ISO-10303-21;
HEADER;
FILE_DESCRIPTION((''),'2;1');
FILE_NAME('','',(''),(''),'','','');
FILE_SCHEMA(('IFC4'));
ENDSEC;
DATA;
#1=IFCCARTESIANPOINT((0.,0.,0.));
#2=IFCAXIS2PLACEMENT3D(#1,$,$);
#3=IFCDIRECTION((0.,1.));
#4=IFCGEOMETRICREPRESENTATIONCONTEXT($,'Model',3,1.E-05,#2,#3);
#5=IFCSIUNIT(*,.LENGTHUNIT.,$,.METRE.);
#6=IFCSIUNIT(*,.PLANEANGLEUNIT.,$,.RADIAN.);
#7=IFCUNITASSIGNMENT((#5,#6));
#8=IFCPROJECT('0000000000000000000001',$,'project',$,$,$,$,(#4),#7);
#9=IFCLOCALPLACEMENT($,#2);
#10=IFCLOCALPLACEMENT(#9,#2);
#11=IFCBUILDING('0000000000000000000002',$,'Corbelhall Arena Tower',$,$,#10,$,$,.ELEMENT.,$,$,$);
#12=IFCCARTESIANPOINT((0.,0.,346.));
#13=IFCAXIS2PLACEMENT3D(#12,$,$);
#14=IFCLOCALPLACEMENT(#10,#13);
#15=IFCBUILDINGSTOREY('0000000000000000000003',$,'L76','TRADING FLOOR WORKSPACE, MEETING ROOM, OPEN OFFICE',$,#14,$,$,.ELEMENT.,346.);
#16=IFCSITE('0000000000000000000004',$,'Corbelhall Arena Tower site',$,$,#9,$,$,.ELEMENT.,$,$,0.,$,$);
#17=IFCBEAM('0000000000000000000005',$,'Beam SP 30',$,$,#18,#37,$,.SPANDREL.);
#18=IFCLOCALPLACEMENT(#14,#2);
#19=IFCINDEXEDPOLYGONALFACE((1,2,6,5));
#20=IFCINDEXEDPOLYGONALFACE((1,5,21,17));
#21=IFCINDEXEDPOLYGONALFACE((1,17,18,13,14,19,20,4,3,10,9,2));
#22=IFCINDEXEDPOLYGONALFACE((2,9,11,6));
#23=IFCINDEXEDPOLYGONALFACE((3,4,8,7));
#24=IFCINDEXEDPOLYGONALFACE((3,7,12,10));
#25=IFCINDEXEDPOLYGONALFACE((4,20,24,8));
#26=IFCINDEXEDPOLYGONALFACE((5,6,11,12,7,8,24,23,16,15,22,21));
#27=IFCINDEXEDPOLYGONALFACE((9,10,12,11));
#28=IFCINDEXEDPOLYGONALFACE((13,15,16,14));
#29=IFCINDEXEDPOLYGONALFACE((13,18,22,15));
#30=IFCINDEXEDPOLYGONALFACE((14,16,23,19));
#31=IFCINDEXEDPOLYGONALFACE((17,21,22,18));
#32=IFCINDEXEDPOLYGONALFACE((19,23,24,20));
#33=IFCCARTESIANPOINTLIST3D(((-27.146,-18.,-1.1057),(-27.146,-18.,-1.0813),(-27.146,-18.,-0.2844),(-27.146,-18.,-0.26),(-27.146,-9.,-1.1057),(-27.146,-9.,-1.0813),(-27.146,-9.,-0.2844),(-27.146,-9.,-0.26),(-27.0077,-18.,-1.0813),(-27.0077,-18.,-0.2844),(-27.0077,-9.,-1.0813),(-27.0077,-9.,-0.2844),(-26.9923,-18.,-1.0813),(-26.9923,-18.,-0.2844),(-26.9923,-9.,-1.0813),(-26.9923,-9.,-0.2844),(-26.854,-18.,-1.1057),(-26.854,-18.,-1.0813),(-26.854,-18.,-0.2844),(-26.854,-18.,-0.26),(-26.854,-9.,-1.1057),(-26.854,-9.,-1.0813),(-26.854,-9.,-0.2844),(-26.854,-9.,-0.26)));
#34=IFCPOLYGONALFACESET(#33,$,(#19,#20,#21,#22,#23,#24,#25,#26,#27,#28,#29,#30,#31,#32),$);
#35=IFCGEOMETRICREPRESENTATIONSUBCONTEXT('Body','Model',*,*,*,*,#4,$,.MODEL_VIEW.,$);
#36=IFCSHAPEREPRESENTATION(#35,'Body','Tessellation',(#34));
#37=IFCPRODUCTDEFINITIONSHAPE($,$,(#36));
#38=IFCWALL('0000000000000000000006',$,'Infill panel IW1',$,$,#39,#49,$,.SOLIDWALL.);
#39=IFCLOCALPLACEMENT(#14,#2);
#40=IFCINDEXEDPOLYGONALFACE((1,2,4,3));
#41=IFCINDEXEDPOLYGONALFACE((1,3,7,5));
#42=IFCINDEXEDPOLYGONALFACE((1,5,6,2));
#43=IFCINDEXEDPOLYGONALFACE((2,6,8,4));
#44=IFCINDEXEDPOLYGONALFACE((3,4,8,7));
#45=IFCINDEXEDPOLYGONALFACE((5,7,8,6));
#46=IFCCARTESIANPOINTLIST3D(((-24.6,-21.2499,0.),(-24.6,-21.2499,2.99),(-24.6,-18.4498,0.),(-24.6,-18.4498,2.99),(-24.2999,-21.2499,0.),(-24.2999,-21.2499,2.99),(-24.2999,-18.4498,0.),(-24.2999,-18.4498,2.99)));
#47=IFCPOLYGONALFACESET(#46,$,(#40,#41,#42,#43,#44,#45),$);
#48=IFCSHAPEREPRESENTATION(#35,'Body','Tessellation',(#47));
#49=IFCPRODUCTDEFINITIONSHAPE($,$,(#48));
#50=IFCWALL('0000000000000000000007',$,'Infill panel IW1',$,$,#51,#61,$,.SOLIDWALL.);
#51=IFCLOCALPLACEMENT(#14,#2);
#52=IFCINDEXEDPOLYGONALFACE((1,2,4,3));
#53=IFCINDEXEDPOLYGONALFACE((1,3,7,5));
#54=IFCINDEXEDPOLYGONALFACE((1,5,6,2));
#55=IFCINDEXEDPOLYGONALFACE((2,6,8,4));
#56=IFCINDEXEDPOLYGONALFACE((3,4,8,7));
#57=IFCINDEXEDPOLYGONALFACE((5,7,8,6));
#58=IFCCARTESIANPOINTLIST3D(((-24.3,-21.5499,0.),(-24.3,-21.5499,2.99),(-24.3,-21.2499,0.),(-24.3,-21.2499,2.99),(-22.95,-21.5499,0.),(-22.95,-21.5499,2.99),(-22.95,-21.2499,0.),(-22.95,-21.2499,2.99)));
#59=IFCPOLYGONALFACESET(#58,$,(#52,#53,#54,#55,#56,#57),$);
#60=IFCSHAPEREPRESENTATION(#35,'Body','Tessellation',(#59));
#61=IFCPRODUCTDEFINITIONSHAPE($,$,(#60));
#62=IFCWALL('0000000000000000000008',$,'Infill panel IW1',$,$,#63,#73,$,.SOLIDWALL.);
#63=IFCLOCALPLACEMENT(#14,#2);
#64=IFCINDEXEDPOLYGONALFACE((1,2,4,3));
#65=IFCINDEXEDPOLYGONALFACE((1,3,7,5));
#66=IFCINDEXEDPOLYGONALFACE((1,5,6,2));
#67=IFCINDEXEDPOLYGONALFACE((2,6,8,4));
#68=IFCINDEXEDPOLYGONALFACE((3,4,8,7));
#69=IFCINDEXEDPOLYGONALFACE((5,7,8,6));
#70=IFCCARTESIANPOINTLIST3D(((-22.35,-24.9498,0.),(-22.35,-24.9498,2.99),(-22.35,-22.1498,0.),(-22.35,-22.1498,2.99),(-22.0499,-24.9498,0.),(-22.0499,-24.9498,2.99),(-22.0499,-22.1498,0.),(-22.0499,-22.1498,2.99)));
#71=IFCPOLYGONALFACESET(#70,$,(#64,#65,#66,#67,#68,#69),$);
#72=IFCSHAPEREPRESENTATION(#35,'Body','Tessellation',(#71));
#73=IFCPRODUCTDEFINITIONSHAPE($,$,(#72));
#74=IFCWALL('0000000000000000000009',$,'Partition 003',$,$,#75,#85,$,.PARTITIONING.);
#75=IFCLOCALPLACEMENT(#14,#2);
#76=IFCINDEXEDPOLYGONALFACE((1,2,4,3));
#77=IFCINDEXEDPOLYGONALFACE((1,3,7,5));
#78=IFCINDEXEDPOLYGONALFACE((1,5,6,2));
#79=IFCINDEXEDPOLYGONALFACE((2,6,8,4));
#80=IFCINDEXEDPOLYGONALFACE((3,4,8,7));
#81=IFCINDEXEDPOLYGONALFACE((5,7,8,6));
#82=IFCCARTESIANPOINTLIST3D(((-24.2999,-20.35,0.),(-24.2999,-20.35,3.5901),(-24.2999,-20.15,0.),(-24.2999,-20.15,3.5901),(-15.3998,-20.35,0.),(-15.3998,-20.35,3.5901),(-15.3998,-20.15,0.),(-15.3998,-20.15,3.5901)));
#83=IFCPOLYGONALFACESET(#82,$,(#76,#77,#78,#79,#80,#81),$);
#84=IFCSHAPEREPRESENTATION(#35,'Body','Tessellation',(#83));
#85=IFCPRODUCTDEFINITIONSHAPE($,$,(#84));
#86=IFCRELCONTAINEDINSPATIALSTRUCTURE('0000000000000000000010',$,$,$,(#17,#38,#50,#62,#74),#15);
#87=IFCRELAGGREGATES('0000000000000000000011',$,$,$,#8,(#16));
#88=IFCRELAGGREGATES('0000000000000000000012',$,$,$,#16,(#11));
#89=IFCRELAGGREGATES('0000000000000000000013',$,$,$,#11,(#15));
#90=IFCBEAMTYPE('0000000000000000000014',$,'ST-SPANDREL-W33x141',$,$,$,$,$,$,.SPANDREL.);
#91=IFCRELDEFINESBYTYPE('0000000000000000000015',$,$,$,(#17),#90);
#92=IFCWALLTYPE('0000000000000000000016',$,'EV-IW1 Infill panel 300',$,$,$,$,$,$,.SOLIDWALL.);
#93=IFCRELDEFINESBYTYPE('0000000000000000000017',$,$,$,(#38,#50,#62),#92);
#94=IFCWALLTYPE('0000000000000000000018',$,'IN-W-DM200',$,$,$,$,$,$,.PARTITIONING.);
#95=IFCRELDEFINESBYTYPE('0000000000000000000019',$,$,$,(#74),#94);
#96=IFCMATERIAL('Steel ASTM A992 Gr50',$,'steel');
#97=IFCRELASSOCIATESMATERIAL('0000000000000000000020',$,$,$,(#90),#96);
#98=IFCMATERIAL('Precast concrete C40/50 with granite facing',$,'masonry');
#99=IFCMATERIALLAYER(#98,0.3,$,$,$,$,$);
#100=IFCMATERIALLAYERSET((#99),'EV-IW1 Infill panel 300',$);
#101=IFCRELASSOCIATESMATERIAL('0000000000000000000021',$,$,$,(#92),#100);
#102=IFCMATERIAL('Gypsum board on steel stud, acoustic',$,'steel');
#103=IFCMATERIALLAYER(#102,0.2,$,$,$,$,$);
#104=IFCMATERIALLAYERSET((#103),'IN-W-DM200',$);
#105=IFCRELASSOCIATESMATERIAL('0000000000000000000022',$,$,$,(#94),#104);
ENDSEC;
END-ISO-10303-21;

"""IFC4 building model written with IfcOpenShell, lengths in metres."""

from ifc_helpers import new_model, si_unit, direction, frame, frame_2d, origin, origin_2d, place, context, subcontext, project, spatial, rectangle, i_section, extrude, material, layer, layer_set, material_profile, profile_set, type_object, element, save


model = new_model("IFC4")

# Units and contexts
model_context = context("Model", 3, precision=1e-05, world=origin(), true_north=direction((0.0, 1.0)))
body_context = subcontext(model_context, "Body", "Model", "MODEL_VIEW")
ifc_project = project(units=[si_unit("LENGTHUNIT", "METRE"), si_unit("PLANEANGLEUNIT", "RADIAN")], contexts=[model_context])

# Site, building, storey
site_placement = place(None, origin())
site = spatial("IfcSite", under=ifc_project, at=site_placement, Name="Corbelhall Arena Tower site", CompositionType="ELEMENT", RefElevation=0.0)
building_placement = place(site_placement, origin())
building = spatial("IfcBuilding", under=site, at=building_placement, Name="Corbelhall Arena Tower", CompositionType="ELEMENT")
storey_placement = place(building_placement, frame((0.0, 0.0, 346.0)))
storey = spatial("IfcBuildingStorey", under=building, at=storey_placement, Name="L76", Description="TRADING FLOOR WORKSPACE, MEETING ROOM, OPEN OFFICE", CompositionType="ELEMENT", Elevation=346.0)

# Beam
ifc_material_1 = material(Name="Steel ASTM A992 Gr50", Category="steel")
ifc_material_profile_1 = material_profile(ifc_material_1, i_section(OverallWidth=0.292, OverallDepth=0.8457, WebThickness=0.0154, FlangeThickness=0.0244, at=origin_2d()))
ifc_profile_set_1 = profile_set([ifc_material_profile_1], Name="Steel ASTM A992 Gr50")
beam_type_1 = type_object("IfcBeamType", Name="ST-SPANDREL-W33x141", PredefinedType="SPANDREL", material=ifc_profile_set_1)
beam_1_placement = place(storey_placement, frame((-27.0, -18.0, -0.6829), z_axis=(0.0, 1.0, 0.0), x_axis=(-1.0, 0.0, 0.0)))
element("IfcBeam", 1, at=beam_1_placement, inside=storey, type_object=beam_type_1, Name="Beam SP 30", PredefinedType="SPANDREL", context=body_context, shape_type="SweptSolid", body=[
    extrude(i_section(OverallWidth=0.292, OverallDepth=0.8457, WebThickness=0.0154, FlangeThickness=0.0244, at=origin_2d()), origin(), (0.0, 0.0, 1.0), 9.0),
])

# Walls
ifc_material_2 = material(Name="Precast concrete C40/50 with granite facing", Category="masonry")
ifc_layer_1 = layer(ifc_material_2, 0.3)
ifc_layer_set_1 = layer_set([ifc_layer_1], Name="EV-IW1 Infill panel 300")
wall_type_1 = type_object("IfcWallType", Name="EV-IW1 Infill panel 300", PredefinedType="SOLIDWALL", material=ifc_layer_set_1)
wall_1_placement = place(storey_placement, frame((-24.45, -18.45, 0.0), z_axis=(0.0, 0.0, 1.0), x_axis=(0.0, -1.0, 0.0)))
element("IfcWall", 2, at=wall_1_placement, inside=storey, type_object=wall_type_1, Name="Infill panel IW1", PredefinedType="SOLIDWALL", context=body_context, shape_type="SweptSolid", body=[
    extrude(rectangle(XDim=2.8, YDim=0.3, at=frame_2d((1.3999, 0.0))), origin(), (0.0, 0.0, 1.0), 2.99),
])
wall_2_placement = place(storey_placement, frame((-24.3, -21.3999, 0.0), z_axis=(0.0, 0.0, 1.0), x_axis=(1.0, 0.0, 0.0)))
element("IfcWall", 3, at=wall_2_placement, inside=storey, type_object=wall_type_1, Name="Infill panel IW1", PredefinedType="SOLIDWALL", context=body_context, shape_type="SweptSolid", body=[
    extrude(rectangle(XDim=1.3501, YDim=0.3, at=frame_2d((0.675, 0.0))), origin(), (0.0, 0.0, 1.0), 2.99),
])
wall_3_placement = place(storey_placement, frame((-22.2, -22.1499, 0.0), z_axis=(0.0, 0.0, 1.0), x_axis=(0.0, -1.0, 0.0)))
element("IfcWall", 4, at=wall_3_placement, inside=storey, type_object=wall_type_1, Name="Infill panel IW1", PredefinedType="SOLIDWALL", context=body_context, shape_type="SweptSolid", body=[
    extrude(rectangle(XDim=2.8, YDim=0.3, at=frame_2d((1.3999, 0.0))), origin(), (0.0, 0.0, 1.0), 2.99),
])

# Wall
ifc_material_3 = material(Name="Gypsum board on steel stud, acoustic", Category="steel")
ifc_layer_2 = layer(ifc_material_3, 0.2)
ifc_layer_set_2 = layer_set([ifc_layer_2], Name="IN-W-DM200")
wall_type_2 = type_object("IfcWallType", Name="IN-W-DM200", PredefinedType="PARTITIONING", material=ifc_layer_set_2)
wall_4_placement = place(storey_placement, frame((-24.3, -20.25, 0.0), z_axis=(0.0, 0.0, 1.0), x_axis=(1.0, 0.0, 0.0)))
element("IfcWall", 5, at=wall_4_placement, inside=storey, type_object=wall_type_2, Name="Partition 003", PredefinedType="PARTITIONING", context=body_context, shape_type="SweptSolid", body=[
    extrude(rectangle(XDim=8.9001, YDim=0.2, at=frame_2d((4.4502, 0.0))), origin(), (0.0, 0.0, 1.0), 3.5901),
])

save(model, "model.ifc")
